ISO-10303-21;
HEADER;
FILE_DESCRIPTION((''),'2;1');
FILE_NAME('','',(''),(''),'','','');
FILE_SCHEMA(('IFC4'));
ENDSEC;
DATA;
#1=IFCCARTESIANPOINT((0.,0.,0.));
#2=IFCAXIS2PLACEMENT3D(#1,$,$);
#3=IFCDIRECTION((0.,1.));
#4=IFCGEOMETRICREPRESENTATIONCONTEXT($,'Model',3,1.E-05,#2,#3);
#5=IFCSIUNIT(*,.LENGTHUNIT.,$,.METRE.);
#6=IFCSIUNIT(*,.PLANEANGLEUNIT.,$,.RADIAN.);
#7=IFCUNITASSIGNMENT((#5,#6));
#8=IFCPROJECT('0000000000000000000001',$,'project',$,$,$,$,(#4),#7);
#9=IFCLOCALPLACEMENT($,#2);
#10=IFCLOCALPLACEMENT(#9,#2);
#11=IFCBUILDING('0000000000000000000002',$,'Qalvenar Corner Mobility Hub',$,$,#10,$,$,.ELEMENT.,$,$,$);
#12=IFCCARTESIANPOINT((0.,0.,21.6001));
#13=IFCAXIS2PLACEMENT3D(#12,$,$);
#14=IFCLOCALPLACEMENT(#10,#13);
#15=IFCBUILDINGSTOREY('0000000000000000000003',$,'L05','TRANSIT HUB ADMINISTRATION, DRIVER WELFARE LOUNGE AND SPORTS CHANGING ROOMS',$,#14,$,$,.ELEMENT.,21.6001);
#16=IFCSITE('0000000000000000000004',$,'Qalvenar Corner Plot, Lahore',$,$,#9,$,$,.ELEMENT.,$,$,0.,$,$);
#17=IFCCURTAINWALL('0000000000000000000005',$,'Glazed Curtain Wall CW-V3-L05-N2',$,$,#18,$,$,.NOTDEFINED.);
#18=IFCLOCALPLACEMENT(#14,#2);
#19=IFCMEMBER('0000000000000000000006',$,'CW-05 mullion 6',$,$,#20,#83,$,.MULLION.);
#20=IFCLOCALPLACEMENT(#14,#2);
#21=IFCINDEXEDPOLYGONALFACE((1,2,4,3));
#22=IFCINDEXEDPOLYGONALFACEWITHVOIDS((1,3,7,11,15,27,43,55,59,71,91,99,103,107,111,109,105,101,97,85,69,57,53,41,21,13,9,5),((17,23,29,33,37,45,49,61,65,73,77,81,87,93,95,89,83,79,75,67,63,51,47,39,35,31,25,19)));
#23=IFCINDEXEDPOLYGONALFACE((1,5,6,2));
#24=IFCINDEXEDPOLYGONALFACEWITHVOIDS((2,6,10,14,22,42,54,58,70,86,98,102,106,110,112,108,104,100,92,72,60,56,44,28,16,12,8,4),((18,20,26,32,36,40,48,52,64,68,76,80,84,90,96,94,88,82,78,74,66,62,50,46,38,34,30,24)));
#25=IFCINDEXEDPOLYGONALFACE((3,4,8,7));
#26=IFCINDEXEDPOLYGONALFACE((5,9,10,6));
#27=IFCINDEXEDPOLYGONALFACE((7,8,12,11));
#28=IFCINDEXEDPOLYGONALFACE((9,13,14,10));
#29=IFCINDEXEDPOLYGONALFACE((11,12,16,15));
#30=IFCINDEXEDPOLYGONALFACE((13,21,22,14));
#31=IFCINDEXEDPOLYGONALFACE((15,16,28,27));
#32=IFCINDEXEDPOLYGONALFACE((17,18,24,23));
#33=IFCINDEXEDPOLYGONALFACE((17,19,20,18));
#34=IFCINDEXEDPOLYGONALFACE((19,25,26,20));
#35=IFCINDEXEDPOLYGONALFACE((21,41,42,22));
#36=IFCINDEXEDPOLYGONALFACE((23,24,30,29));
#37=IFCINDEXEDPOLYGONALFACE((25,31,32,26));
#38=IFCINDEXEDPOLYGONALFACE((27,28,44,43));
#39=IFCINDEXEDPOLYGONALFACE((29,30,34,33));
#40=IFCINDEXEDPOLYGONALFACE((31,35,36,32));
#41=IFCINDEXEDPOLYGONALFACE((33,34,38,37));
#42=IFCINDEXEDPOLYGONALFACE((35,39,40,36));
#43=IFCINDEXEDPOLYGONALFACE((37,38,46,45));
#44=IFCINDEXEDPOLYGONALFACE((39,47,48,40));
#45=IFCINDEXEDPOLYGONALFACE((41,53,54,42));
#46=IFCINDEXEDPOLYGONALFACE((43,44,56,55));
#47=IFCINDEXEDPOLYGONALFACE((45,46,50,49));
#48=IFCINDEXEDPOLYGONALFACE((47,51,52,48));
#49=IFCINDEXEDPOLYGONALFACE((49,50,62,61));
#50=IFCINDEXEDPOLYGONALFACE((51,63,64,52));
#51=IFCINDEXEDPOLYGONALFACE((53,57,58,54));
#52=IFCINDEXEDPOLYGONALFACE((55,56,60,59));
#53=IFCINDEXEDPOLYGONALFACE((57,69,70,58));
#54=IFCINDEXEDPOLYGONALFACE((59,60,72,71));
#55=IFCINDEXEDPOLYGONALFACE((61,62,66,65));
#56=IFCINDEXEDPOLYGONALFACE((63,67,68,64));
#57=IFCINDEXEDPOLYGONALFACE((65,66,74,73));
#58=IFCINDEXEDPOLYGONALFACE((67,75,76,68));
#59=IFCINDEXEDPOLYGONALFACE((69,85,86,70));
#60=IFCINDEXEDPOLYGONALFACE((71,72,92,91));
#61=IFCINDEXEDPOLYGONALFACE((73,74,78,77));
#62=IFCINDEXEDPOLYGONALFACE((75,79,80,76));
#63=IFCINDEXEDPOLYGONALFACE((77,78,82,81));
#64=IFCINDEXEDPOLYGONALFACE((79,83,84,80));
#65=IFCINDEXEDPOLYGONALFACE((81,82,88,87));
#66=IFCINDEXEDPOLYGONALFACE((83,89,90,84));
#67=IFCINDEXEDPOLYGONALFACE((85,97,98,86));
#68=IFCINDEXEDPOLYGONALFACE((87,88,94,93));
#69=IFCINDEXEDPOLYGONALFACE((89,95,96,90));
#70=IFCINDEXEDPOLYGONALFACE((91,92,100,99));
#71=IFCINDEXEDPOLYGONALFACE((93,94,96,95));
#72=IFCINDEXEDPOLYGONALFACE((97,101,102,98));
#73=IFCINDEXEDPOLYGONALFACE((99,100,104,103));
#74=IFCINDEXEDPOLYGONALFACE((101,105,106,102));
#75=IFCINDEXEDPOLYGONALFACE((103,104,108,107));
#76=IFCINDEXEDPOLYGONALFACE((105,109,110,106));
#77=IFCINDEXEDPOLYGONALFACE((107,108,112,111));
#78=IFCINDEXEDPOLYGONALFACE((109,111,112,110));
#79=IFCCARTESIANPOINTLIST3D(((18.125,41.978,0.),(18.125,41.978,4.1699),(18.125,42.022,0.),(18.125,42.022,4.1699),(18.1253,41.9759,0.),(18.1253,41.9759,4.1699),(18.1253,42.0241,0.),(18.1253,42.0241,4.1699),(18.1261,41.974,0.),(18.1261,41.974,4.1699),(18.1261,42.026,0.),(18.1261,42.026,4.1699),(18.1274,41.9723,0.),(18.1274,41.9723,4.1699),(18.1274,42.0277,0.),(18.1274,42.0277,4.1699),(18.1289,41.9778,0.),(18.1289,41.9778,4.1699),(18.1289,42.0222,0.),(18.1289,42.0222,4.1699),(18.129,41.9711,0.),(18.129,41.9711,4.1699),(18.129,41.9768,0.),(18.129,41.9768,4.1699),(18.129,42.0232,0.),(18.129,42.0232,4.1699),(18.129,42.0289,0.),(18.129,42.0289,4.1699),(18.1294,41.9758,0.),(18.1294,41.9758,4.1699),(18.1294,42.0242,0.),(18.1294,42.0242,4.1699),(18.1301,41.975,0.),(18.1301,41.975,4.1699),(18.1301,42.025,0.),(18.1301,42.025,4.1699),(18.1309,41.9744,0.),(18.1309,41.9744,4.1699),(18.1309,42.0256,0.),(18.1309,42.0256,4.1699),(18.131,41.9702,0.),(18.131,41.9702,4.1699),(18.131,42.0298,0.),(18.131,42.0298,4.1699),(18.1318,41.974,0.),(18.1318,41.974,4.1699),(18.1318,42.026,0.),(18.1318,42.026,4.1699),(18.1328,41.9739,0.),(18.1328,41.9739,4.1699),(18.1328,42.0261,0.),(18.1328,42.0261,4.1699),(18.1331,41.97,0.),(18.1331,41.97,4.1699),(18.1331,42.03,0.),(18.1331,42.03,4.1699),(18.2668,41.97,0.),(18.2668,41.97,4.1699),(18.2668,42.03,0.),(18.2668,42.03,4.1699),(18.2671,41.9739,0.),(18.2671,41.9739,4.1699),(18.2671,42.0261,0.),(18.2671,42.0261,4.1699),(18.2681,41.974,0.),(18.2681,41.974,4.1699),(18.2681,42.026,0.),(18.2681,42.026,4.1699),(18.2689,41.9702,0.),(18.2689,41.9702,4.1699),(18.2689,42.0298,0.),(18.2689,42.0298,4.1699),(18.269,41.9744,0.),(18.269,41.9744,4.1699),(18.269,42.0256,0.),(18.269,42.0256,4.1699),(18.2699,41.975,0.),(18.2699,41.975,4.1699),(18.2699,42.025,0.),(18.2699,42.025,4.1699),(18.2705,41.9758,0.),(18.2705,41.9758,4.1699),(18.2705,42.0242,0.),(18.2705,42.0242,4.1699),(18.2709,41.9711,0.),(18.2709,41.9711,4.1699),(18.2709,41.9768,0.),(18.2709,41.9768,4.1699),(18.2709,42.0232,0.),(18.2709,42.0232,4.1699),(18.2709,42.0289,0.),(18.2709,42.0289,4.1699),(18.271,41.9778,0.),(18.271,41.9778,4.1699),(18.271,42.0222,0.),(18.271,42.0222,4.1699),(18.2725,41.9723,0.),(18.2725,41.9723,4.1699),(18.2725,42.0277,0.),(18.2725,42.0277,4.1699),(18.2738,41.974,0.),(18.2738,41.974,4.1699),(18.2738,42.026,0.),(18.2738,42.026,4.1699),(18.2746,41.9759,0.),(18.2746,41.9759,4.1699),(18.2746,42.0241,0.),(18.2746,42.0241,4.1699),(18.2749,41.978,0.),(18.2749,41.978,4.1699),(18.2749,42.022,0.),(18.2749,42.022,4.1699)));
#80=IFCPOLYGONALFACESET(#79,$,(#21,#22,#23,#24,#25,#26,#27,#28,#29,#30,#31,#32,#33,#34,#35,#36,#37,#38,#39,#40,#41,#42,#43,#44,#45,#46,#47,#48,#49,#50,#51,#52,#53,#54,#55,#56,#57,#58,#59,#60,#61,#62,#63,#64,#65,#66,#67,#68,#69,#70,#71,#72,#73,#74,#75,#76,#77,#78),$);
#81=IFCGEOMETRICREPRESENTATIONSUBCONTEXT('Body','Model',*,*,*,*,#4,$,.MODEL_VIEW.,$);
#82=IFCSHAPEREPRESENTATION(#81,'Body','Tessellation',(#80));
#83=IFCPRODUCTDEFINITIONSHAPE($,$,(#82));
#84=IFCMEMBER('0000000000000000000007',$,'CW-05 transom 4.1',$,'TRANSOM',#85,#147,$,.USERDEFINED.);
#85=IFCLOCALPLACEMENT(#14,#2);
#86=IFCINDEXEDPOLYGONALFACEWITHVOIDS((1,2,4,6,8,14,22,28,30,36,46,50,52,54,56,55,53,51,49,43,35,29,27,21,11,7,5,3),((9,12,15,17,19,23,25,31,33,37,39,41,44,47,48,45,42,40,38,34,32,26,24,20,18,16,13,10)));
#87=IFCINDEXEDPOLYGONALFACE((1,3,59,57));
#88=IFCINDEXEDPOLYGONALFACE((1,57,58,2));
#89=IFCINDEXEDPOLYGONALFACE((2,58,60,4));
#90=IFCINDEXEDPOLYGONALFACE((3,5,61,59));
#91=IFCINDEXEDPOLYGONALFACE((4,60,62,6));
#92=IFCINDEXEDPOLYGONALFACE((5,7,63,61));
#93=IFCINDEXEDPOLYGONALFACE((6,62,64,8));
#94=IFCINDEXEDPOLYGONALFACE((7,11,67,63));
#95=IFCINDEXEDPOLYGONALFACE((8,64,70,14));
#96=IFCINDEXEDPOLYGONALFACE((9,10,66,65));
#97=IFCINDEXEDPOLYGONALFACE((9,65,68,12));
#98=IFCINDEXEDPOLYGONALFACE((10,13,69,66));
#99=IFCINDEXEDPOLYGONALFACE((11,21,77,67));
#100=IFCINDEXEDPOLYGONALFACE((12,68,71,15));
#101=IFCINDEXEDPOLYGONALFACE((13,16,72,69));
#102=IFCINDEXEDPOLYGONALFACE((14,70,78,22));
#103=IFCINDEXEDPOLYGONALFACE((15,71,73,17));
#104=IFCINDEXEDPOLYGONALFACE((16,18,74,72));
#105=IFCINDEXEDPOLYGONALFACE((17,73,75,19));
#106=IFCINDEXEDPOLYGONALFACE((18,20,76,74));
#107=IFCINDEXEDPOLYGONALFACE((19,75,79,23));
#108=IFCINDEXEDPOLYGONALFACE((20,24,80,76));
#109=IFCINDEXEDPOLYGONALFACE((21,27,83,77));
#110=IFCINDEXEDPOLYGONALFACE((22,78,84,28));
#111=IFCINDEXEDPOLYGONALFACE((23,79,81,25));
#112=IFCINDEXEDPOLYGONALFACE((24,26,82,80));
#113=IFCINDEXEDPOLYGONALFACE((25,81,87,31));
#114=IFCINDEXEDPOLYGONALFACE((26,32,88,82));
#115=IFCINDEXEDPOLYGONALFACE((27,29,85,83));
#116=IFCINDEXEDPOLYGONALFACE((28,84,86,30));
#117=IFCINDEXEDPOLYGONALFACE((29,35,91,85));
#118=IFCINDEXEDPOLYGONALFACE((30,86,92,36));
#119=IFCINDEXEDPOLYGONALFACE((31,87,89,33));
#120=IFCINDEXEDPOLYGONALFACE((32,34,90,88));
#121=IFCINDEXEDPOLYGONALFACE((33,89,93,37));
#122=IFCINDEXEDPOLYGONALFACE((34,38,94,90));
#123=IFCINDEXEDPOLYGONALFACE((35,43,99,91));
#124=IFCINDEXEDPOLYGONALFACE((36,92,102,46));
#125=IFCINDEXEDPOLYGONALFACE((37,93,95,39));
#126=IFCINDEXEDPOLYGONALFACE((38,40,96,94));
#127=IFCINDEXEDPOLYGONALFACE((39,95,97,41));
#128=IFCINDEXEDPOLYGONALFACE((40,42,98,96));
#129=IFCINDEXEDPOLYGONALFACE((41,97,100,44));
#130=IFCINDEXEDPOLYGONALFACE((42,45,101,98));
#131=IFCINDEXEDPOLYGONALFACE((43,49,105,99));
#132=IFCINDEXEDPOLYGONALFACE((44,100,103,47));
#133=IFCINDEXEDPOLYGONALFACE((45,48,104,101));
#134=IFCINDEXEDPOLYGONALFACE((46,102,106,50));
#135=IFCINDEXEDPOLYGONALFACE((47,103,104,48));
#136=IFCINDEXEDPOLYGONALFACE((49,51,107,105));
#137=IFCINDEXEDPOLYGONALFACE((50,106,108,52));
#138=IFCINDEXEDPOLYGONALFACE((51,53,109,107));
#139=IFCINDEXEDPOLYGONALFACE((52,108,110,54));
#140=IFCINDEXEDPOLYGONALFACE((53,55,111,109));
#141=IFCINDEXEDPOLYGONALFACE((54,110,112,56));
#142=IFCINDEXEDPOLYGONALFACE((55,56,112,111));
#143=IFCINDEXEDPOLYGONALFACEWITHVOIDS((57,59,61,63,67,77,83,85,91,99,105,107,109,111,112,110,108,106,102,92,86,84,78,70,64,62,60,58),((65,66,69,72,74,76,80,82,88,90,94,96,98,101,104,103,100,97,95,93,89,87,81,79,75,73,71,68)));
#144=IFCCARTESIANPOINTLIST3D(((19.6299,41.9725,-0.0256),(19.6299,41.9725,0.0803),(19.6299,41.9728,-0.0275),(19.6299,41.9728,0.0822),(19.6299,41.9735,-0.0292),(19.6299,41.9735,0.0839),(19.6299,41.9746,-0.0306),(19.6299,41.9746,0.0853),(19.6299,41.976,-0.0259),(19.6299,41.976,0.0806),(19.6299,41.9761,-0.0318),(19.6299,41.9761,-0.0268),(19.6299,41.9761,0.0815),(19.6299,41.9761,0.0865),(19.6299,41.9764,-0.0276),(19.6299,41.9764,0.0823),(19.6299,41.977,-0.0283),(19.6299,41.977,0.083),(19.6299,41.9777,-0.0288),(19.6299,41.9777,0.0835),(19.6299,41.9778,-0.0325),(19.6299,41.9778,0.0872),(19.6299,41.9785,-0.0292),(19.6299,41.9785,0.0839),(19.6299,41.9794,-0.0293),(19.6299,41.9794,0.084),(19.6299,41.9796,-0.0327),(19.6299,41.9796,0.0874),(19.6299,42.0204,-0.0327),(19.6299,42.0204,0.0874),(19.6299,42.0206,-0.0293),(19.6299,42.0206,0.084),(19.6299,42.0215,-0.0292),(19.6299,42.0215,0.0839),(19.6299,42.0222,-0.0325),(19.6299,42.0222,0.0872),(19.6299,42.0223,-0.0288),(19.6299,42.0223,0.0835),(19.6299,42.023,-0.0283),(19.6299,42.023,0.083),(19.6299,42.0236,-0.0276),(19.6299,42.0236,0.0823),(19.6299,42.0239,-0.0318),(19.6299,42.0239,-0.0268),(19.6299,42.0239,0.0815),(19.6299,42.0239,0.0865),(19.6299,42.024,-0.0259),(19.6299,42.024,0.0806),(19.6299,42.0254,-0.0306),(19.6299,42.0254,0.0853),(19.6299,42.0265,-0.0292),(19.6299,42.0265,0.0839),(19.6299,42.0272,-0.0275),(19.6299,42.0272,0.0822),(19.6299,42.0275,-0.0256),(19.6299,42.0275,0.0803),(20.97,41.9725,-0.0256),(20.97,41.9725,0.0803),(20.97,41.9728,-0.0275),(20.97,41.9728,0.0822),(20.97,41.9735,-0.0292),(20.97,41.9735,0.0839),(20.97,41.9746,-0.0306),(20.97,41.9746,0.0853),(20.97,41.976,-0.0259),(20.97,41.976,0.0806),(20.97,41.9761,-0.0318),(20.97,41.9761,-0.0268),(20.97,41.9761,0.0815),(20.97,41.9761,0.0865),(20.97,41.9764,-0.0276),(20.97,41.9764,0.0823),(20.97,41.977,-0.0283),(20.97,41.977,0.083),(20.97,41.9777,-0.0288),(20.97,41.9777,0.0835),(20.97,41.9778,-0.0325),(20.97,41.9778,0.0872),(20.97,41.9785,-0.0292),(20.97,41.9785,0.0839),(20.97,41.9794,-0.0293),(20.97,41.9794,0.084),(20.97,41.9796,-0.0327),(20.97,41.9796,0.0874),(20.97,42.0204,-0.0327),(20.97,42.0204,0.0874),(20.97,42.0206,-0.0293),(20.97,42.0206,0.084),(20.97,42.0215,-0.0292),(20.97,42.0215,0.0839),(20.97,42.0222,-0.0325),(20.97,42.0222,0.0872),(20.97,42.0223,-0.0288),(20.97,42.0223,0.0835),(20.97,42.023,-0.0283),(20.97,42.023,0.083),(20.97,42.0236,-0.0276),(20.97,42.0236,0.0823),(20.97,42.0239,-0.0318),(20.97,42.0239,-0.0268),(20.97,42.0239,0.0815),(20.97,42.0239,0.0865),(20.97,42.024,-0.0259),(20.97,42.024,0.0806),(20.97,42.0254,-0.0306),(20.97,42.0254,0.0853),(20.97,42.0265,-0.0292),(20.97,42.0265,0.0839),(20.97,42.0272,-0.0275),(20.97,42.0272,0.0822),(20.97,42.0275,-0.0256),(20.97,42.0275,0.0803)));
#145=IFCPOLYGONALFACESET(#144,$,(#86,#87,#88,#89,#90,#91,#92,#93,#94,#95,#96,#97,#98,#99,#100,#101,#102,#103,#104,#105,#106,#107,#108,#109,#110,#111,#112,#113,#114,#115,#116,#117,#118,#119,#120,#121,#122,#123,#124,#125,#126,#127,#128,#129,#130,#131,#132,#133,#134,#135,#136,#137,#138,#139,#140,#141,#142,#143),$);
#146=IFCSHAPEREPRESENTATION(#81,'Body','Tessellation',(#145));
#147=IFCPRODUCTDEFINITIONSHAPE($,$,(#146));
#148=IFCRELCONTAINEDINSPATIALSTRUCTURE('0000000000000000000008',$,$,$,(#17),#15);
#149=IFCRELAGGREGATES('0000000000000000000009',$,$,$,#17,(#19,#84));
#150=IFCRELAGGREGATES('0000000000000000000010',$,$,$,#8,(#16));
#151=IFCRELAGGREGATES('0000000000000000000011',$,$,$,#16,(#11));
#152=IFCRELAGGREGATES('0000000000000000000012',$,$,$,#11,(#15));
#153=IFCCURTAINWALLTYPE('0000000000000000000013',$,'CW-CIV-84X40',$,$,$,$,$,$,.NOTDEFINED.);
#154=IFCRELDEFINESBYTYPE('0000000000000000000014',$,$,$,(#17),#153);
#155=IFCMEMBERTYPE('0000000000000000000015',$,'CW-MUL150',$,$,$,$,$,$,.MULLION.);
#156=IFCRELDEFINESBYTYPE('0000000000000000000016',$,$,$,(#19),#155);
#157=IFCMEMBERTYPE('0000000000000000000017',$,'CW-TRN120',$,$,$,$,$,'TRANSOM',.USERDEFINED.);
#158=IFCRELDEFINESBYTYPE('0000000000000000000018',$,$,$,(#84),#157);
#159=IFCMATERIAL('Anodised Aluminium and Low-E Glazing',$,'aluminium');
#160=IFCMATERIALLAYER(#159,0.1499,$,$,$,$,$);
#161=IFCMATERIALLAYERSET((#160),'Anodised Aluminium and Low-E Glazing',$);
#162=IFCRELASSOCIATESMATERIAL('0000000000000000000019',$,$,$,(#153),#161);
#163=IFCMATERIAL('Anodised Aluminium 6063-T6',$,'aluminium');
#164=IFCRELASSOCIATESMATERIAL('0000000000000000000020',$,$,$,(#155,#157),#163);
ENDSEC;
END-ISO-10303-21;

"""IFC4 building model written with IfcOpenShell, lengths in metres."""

from ifc_helpers import new_model, si_unit, direction, frame, origin, origin_2d, place, context, subcontext, project, spatial, hollow_rectangle, extrude, material, layer, layer_set, material_profile, profile_set, type_object, element, aggregate, save


model = new_model("IFC4")

# Units and contexts
model_context = context("Model", 3, precision=1e-05, world=origin(), true_north=direction((0.0, 1.0)))
body_context = subcontext(model_context, "Body", "Model", "MODEL_VIEW")
ifc_project = project(units=[si_unit("LENGTHUNIT", "METRE"), si_unit("PLANEANGLEUNIT", "RADIAN")], contexts=[model_context])

# Site, building, storey
site_placement = place(None, origin())
site = spatial("IfcSite", under=ifc_project, at=site_placement, Name="Qalvenar Corner Plot, Lahore", CompositionType="ELEMENT", RefElevation=0.0)
building_placement = place(site_placement, origin())
building = spatial("IfcBuilding", under=site, at=building_placement, Name="Qalvenar Corner Mobility Hub", CompositionType="ELEMENT")
storey_placement = place(building_placement, frame((0.0, 0.0, 21.6001)))
storey = spatial("IfcBuildingStorey", under=building, at=storey_placement, Name="L05", Description="TRANSIT HUB ADMINISTRATION, DRIVER WELFARE LOUNGE AND SPORTS CHANGING ROOMS", CompositionType="ELEMENT", Elevation=21.6001)

# Curtain wall, members
ifc_material_1 = material(Name="Anodised Aluminium and Low-E Glazing", Category="aluminium")
ifc_layer_1 = layer(ifc_material_1, 0.1499)
ifc_layer_set_1 = layer_set([ifc_layer_1], Name="Anodised Aluminium and Low-E Glazing")
curtain_wall_type = type_object("IfcCurtainWallType", Name="CW-CIV-84X40", PredefinedType="NOTDEFINED", material=ifc_layer_set_1)
curtain_wall_placement = place(storey_placement, origin())
curtain_wall = element("IfcCurtainWall", 1, at=curtain_wall_placement, inside=storey, type_object=curtain_wall_type, Name="Glazed Curtain Wall CW-V3-L05-N2", PredefinedType="NOTDEFINED")
ifc_material_2 = material(Name="Anodised Aluminium 6063-T6", Category="aluminium")
ifc_material_profile_1 = material_profile(ifc_material_2, hollow_rectangle(XDim=0.0601, YDim=0.1499, WallThickness=0.0039, InnerFilletRadius=0.0039, OuterFilletRadius=0.0081, at=origin_2d()), Name="RHS150x60x4")
ifc_profile_set_1 = profile_set([ifc_material_profile_1], Name="Anodised Aluminium 6063-T6")
member_type_1 = type_object("IfcMemberType", Name="CW-MUL150", PredefinedType="MULLION", material=ifc_profile_set_1)
member_1_placement = place(storey_placement, frame((18.2, 42.0, 0.0), z_axis=(0.0, 0.0, 1.0), x_axis=(0.0, -1.0, 0.0)))
member_1 = element("IfcMember", 2, at=member_1_placement, type_object=member_type_1, Name="CW-05 mullion 6", PredefinedType="MULLION", context=body_context, shape_type="SweptSolid", body=[
    extrude(hollow_rectangle(XDim=0.0601, YDim=0.1499, WallThickness=0.0039, InnerFilletRadius=0.0039, OuterFilletRadius=0.0081, at=origin_2d()), origin(), (0.0, 0.0, 1.0), 4.1699),
])
ifc_material_profile_2 = material_profile(ifc_material_2, hollow_rectangle(XDim=0.0549, YDim=0.1201, WallThickness=0.0034, InnerFilletRadius=0.0034, OuterFilletRadius=0.0071, at=origin_2d()), Name="RHS120x55x3.5")
ifc_profile_set_2 = profile_set([ifc_material_profile_2], Name="Anodised Aluminium 6063-T6")
member_type_2 = type_object("IfcMemberType", Name="CW-TRN120", ElementType="TRANSOM", PredefinedType="USERDEFINED", material=ifc_profile_set_2)
member_2_placement = place(storey_placement, frame((20.97, 42.0, 0.0273), z_axis=(-1.0, 0.0, 0.0), x_axis=(0.0, -1.0, 0.0)))
member_2 = element("IfcMember", 3, at=member_2_placement, type_object=member_type_2, Name="CW-05 transom 4.1", ObjectType="TRANSOM", PredefinedType="USERDEFINED", context=body_context, shape_type="SweptSolid", body=[
    extrude(hollow_rectangle(XDim=0.0549, YDim=0.1201, WallThickness=0.0034, InnerFilletRadius=0.0034, OuterFilletRadius=0.0071, at=origin_2d()), origin(), (0.0, 0.0, 1.0), 1.3401),
])
aggregate(curtain_wall, [member_1, member_2])

save(model, "model.ifc")
